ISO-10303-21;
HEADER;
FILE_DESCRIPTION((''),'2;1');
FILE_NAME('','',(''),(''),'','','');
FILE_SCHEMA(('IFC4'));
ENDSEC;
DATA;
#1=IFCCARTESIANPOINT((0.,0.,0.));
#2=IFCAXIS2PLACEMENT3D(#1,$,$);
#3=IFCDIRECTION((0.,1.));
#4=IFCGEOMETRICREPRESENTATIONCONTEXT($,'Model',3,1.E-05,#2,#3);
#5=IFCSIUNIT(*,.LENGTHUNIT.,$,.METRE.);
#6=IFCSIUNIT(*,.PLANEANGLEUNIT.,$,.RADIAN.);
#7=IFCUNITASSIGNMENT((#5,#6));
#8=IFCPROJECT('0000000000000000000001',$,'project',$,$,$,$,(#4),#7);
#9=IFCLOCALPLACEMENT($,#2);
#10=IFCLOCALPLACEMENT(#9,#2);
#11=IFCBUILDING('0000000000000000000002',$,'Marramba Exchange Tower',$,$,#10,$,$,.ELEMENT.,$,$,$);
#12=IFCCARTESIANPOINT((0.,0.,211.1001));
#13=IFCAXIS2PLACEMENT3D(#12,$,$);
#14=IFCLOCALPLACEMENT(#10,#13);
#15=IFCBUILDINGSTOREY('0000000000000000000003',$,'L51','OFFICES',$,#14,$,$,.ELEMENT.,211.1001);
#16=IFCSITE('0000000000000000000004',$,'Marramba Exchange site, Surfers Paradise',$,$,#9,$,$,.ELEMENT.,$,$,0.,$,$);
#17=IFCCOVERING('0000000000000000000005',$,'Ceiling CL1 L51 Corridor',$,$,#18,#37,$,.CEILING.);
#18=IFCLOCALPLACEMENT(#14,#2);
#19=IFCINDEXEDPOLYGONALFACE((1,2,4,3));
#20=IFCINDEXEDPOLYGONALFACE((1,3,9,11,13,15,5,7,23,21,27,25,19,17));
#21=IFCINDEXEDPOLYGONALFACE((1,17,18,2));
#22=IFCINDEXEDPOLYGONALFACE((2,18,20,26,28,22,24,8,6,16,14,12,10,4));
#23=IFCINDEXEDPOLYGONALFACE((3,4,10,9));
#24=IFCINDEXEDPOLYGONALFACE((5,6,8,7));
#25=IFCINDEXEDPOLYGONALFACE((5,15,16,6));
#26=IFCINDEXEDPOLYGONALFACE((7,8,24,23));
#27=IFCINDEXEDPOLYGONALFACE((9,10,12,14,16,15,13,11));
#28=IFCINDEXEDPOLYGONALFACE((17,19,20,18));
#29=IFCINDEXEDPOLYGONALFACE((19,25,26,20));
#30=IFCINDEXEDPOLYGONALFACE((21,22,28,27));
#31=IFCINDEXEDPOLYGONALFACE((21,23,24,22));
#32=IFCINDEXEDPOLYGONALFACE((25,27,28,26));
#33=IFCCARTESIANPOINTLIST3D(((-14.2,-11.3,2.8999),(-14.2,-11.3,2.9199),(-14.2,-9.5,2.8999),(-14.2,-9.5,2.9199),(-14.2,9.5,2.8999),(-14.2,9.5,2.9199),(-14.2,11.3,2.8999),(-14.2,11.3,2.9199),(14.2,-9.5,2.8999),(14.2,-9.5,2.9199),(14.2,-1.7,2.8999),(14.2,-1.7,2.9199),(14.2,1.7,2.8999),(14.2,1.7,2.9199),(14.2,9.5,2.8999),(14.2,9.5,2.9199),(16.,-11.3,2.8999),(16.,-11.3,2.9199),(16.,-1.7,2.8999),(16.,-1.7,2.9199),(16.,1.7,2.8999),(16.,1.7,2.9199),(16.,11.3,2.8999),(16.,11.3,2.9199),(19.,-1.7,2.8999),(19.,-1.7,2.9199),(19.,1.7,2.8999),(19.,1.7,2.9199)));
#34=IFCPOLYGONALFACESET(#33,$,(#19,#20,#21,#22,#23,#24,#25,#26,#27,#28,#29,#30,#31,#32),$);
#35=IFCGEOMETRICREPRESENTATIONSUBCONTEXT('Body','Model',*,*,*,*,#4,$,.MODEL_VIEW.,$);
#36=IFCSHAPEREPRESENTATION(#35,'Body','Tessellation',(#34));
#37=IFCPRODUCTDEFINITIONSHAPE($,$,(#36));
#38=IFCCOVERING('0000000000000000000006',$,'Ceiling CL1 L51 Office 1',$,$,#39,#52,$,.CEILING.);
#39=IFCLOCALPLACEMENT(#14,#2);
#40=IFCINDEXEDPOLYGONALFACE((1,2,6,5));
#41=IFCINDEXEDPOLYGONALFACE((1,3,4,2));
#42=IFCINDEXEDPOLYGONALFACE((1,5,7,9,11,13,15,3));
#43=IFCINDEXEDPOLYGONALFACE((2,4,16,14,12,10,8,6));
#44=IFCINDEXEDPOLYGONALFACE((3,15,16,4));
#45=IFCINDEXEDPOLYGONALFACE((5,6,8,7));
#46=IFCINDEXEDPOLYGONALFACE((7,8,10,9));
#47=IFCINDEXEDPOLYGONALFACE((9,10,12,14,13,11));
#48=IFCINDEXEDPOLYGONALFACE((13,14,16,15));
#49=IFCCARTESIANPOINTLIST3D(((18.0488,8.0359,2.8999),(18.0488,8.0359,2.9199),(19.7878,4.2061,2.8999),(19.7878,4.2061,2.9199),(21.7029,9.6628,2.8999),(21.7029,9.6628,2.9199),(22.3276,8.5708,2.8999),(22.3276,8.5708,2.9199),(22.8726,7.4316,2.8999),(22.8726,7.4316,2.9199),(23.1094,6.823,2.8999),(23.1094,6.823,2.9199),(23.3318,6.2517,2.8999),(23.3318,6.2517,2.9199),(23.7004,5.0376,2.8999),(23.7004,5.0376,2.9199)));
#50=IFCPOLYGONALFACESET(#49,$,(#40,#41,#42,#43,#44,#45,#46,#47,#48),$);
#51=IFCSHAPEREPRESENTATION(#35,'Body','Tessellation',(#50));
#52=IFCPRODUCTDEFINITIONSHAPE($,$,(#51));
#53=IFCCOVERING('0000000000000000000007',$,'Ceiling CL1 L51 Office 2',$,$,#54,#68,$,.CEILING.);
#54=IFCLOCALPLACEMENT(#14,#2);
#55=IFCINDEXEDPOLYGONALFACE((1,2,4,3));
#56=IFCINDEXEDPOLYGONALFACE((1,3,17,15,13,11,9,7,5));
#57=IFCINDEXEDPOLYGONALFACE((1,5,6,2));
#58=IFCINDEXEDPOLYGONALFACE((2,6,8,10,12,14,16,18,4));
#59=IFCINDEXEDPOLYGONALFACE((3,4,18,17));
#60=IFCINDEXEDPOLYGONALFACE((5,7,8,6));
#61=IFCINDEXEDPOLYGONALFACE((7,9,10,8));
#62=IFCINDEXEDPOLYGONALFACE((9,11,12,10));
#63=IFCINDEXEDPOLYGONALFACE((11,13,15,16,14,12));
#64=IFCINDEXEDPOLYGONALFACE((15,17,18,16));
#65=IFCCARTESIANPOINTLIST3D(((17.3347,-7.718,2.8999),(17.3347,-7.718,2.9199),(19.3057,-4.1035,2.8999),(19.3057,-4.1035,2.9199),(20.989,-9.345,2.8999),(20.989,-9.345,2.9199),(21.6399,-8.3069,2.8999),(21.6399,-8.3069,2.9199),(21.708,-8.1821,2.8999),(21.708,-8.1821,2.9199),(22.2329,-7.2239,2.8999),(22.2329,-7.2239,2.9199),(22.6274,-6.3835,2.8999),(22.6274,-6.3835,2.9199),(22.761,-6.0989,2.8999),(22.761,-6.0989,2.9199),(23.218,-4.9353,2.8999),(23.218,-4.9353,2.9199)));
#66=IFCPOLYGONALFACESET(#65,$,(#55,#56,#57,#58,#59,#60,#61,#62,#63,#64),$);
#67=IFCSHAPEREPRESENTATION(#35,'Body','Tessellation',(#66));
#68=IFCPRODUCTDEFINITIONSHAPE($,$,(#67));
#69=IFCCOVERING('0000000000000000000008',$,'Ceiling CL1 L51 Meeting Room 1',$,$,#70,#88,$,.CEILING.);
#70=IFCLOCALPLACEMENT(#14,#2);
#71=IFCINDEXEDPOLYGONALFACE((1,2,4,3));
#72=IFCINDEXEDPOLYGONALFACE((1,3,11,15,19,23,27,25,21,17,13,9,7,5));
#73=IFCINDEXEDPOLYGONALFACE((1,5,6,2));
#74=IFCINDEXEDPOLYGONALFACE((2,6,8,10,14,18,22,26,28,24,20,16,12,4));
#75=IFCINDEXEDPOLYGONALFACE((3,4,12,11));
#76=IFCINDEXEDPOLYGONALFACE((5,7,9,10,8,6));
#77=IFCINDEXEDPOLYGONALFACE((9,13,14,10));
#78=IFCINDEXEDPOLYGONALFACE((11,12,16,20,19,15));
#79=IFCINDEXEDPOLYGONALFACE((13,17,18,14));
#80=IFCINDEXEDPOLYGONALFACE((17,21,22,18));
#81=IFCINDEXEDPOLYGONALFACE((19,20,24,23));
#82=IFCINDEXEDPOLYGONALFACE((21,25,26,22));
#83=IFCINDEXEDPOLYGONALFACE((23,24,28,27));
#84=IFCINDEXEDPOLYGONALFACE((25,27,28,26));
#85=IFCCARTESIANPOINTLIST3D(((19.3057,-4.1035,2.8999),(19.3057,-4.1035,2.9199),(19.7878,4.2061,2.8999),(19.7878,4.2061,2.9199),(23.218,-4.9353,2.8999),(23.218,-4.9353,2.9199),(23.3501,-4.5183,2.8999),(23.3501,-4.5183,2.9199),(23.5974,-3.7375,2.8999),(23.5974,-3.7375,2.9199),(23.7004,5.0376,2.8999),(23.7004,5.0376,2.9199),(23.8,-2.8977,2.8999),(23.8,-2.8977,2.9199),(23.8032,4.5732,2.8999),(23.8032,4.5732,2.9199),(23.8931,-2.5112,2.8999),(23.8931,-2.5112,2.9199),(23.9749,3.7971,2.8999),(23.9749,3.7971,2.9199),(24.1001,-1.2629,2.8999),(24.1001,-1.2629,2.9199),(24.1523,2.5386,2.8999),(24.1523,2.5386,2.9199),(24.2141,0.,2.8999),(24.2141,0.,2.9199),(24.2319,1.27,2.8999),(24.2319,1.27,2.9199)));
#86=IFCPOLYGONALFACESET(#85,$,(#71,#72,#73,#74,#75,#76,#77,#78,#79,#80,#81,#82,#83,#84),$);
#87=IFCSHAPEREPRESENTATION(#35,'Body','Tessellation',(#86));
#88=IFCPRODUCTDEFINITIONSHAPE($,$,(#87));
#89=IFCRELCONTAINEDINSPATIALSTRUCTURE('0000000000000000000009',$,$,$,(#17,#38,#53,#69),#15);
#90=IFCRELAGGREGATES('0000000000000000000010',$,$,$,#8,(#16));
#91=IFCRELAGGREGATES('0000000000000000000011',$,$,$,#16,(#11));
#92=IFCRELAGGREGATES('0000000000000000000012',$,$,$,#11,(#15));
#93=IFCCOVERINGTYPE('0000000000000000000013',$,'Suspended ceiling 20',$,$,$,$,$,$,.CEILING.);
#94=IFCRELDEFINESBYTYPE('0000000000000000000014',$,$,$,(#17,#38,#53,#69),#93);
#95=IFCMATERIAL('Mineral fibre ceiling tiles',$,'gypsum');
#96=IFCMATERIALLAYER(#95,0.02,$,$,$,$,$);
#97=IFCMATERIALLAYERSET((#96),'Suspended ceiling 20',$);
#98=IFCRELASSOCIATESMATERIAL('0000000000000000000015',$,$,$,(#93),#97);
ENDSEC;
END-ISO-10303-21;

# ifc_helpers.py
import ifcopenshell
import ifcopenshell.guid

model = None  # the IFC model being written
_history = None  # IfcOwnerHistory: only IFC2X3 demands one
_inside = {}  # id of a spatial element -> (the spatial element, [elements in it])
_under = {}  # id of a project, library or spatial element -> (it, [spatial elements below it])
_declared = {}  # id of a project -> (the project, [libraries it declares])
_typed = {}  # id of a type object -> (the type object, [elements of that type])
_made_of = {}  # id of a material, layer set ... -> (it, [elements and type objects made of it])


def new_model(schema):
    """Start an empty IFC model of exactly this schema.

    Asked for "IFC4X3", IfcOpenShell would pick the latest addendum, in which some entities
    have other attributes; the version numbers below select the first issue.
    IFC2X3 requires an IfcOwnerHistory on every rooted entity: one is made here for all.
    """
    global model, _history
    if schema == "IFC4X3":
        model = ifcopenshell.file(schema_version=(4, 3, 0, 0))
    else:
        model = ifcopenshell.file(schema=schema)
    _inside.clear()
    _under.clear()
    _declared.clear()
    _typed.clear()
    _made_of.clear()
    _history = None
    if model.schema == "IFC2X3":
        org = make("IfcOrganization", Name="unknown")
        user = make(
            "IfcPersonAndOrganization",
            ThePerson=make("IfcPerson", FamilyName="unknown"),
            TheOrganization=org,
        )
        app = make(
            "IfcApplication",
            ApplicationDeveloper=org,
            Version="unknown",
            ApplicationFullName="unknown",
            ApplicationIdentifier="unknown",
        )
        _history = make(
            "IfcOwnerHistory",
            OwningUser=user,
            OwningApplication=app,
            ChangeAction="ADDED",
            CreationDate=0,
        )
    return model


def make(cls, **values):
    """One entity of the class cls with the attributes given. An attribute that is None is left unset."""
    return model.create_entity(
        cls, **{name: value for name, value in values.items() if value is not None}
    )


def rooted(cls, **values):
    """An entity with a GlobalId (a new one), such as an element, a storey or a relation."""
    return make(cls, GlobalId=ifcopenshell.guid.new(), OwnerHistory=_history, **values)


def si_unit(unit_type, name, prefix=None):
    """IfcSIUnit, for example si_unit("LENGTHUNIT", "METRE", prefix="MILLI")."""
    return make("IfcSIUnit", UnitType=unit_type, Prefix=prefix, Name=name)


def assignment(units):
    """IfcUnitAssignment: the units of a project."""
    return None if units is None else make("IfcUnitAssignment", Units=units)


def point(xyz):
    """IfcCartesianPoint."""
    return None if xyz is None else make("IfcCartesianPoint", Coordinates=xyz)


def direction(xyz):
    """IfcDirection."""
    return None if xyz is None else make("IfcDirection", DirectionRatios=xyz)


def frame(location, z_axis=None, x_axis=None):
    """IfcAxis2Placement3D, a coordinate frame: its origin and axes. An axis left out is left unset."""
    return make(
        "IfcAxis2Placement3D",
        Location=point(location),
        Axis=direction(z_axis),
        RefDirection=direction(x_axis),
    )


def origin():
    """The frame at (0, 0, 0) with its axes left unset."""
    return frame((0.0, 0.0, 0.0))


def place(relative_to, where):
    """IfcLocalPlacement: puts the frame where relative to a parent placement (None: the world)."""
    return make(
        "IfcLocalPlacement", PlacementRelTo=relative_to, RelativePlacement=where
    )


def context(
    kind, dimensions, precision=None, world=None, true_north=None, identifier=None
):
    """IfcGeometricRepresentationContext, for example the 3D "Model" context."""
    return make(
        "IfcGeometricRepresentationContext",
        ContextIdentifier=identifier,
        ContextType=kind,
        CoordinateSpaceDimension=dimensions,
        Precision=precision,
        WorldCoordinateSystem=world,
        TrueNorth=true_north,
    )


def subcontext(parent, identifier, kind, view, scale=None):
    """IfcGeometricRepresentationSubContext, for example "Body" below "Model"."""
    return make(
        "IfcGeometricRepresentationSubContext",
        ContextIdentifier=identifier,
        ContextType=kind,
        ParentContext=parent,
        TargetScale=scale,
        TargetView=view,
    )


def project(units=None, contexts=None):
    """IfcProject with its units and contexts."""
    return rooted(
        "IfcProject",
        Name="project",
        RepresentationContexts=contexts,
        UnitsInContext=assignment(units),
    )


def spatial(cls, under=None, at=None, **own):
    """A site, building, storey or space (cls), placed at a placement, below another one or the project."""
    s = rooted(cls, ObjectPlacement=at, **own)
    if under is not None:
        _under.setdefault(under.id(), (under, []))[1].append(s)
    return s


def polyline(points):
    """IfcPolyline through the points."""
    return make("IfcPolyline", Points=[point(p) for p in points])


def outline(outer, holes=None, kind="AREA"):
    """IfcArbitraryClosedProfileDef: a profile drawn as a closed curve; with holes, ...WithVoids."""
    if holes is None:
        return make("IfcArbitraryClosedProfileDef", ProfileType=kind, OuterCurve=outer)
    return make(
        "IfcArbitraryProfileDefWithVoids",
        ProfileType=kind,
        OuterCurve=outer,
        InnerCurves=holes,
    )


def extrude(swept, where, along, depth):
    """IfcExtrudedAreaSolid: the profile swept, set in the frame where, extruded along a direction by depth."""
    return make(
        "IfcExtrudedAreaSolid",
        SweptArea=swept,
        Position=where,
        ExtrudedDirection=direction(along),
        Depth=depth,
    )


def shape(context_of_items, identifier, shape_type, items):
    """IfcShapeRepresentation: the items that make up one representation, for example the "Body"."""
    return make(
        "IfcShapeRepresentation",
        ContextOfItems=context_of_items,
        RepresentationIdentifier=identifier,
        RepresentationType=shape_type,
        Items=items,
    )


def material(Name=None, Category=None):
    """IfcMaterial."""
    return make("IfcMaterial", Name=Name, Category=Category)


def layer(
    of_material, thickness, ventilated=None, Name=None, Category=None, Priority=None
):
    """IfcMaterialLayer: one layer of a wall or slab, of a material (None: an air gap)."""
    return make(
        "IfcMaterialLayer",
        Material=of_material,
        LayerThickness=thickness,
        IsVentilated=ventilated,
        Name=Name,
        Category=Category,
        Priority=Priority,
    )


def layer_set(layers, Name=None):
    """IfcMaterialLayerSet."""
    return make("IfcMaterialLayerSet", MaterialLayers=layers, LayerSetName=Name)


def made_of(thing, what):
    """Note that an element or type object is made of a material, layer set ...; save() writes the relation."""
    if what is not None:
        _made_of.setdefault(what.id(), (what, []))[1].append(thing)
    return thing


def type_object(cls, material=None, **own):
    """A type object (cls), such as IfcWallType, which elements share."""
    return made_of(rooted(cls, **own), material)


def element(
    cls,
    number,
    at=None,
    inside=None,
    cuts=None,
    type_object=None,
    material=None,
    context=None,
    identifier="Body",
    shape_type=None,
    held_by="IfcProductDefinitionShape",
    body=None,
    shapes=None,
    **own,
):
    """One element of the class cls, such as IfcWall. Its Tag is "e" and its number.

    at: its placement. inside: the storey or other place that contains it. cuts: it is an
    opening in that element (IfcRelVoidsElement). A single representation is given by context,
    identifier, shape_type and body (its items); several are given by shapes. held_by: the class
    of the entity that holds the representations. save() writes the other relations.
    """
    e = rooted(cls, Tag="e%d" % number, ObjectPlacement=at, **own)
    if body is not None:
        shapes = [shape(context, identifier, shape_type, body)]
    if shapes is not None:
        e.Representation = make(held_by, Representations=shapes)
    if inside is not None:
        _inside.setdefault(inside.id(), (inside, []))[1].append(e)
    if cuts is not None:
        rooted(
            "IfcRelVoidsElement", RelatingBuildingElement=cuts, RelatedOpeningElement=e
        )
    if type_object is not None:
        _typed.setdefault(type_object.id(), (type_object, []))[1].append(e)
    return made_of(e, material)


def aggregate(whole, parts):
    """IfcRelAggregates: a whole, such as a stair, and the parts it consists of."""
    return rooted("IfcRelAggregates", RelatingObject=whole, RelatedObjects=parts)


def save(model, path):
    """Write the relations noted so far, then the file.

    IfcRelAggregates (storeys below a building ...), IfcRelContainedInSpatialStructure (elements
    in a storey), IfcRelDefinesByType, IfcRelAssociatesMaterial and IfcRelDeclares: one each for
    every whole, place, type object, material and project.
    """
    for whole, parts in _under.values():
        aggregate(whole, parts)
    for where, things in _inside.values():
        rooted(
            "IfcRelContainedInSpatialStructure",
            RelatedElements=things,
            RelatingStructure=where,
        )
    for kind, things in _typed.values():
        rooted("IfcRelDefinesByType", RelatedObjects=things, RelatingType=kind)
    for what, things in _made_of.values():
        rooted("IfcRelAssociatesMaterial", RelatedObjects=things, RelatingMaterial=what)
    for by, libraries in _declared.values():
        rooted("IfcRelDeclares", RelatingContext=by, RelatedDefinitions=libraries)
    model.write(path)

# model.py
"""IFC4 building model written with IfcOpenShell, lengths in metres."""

from ifc_helpers import new_model, si_unit, direction, frame, origin, place, context, subcontext, project, spatial, polyline, outline, extrude, material, layer, layer_set, type_object, element, save


model = new_model("IFC4")

# Units and contexts
model_context = context("Model", 3, precision=1e-05, world=origin(), true_north=direction((0.0, 1.0)))
body_context = subcontext(model_context, "Body", "Model", "MODEL_VIEW")
ifc_project = project(units=[si_unit("LENGTHUNIT", "METRE"), si_unit("PLANEANGLEUNIT", "RADIAN")], contexts=[model_context])

# Site, building, storey
site_placement = place(None, origin())
site = spatial("IfcSite", under=ifc_project, at=site_placement, Name="Marramba Exchange site, Surfers Paradise", CompositionType="ELEMENT", RefElevation=0.0)
building_placement = place(site_placement, origin())
building = spatial("IfcBuilding", under=site, at=building_placement, Name="Marramba Exchange Tower", CompositionType="ELEMENT")
storey_placement = place(building_placement, frame((0.0, 0.0, 211.1001)))
storey = spatial("IfcBuildingStorey", under=building, at=storey_placement, Name="L51", Description="OFFICES", CompositionType="ELEMENT", Elevation=211.1001)

# Coverings
ifc_material_1 = material(Name="Mineral fibre ceiling tiles", Category="gypsum")
ifc_layer_1 = layer(ifc_material_1, 0.02)
ifc_layer_set_1 = layer_set([ifc_layer_1], Name="Suspended ceiling 20")
covering_type = type_object("IfcCoveringType", Name="Suspended ceiling 20", PredefinedType="CEILING", material=ifc_layer_set_1)
covering_1_placement = place(storey_placement, frame((0.0, 0.0, 2.8999)))
element("IfcCovering", 1, at=covering_1_placement, inside=storey, type_object=covering_type, Name="Ceiling CL1 L51 Corridor", PredefinedType="CEILING", context=body_context, shape_type="SweptSolid", body=[
    extrude(outline(polyline([(19.0, -1.7), (16.0, -1.7), (16.0, -11.3), (-14.2, -11.3), (-14.2, -9.5), (14.2, -9.5), (14.2, -1.7), (14.2, 1.7), (14.2, 9.5), (-14.2, 9.5), (-14.2, 11.3), (16.0, 11.3), (16.0, 1.7), (19.0, 1.7), (19.0, -1.7)])), origin(), (0.0, 0.0, 1.0), 0.02),
])
covering_2_placement = place(storey_placement, frame((0.0, 0.0, 2.8999)))
element("IfcCovering", 2, at=covering_2_placement, inside=storey, type_object=covering_type, Name="Ceiling CL1 L51 Office 1", PredefinedType="CEILING", context=body_context, shape_type="SweptSolid", body=[
    extrude(outline(polyline([(22.3276, 8.5708), (22.8726, 7.4316), (23.1094, 6.823), (23.3318, 6.2517), (23.7004, 5.0376), (19.7878, 4.2061), (18.0488, 8.0359), (21.7029, 9.6628), (22.3276, 8.5708)])), origin(), (0.0, 0.0, 1.0), 0.02),
])
covering_3_placement = place(storey_placement, frame((0.0, 0.0, 2.8999)))
element("IfcCovering", 3, at=covering_3_placement, inside=storey, type_object=covering_type, Name="Ceiling CL1 L51 Office 2", PredefinedType="CEILING", context=body_context, shape_type="SweptSolid", body=[
    extrude(outline(polyline([(22.761, -6.0989), (22.6274, -6.3835), (22.2329, -7.2239), (21.708, -8.1821), (21.6399, -8.3069), (20.989, -9.345), (17.3347, -7.718), (19.3057, -4.1035), (23.218, -4.9353), (22.761, -6.0989)])), origin(), (0.0, 0.0, 1.0), 0.02),
])
covering_4_placement = place(storey_placement, frame((0.0, 0.0, 2.8999)))
element("IfcCovering", 4, at=covering_4_placement, inside=storey, type_object=covering_type, Name="Ceiling CL1 L51 Meeting Room 1", PredefinedType="CEILING", context=body_context, shape_type="SweptSolid", body=[
    extrude(outline(polyline([(23.8032, 4.5732), (23.9749, 3.7971), (24.1523, 2.5386), (24.2319, 1.27), (24.2141, 0.0), (24.1001, -1.2629), (23.8931, -2.5112), (23.8, -2.8977), (23.5974, -3.7375), (23.3501, -4.5183), (23.218, -4.9353), (19.3057, -4.1035), (19.7878, 4.2061), (23.7004, 5.0376), (23.8032, 4.5732)])), origin(), (0.0, 0.0, 1.0), 0.02),
])

save(model, "model.ifc")
